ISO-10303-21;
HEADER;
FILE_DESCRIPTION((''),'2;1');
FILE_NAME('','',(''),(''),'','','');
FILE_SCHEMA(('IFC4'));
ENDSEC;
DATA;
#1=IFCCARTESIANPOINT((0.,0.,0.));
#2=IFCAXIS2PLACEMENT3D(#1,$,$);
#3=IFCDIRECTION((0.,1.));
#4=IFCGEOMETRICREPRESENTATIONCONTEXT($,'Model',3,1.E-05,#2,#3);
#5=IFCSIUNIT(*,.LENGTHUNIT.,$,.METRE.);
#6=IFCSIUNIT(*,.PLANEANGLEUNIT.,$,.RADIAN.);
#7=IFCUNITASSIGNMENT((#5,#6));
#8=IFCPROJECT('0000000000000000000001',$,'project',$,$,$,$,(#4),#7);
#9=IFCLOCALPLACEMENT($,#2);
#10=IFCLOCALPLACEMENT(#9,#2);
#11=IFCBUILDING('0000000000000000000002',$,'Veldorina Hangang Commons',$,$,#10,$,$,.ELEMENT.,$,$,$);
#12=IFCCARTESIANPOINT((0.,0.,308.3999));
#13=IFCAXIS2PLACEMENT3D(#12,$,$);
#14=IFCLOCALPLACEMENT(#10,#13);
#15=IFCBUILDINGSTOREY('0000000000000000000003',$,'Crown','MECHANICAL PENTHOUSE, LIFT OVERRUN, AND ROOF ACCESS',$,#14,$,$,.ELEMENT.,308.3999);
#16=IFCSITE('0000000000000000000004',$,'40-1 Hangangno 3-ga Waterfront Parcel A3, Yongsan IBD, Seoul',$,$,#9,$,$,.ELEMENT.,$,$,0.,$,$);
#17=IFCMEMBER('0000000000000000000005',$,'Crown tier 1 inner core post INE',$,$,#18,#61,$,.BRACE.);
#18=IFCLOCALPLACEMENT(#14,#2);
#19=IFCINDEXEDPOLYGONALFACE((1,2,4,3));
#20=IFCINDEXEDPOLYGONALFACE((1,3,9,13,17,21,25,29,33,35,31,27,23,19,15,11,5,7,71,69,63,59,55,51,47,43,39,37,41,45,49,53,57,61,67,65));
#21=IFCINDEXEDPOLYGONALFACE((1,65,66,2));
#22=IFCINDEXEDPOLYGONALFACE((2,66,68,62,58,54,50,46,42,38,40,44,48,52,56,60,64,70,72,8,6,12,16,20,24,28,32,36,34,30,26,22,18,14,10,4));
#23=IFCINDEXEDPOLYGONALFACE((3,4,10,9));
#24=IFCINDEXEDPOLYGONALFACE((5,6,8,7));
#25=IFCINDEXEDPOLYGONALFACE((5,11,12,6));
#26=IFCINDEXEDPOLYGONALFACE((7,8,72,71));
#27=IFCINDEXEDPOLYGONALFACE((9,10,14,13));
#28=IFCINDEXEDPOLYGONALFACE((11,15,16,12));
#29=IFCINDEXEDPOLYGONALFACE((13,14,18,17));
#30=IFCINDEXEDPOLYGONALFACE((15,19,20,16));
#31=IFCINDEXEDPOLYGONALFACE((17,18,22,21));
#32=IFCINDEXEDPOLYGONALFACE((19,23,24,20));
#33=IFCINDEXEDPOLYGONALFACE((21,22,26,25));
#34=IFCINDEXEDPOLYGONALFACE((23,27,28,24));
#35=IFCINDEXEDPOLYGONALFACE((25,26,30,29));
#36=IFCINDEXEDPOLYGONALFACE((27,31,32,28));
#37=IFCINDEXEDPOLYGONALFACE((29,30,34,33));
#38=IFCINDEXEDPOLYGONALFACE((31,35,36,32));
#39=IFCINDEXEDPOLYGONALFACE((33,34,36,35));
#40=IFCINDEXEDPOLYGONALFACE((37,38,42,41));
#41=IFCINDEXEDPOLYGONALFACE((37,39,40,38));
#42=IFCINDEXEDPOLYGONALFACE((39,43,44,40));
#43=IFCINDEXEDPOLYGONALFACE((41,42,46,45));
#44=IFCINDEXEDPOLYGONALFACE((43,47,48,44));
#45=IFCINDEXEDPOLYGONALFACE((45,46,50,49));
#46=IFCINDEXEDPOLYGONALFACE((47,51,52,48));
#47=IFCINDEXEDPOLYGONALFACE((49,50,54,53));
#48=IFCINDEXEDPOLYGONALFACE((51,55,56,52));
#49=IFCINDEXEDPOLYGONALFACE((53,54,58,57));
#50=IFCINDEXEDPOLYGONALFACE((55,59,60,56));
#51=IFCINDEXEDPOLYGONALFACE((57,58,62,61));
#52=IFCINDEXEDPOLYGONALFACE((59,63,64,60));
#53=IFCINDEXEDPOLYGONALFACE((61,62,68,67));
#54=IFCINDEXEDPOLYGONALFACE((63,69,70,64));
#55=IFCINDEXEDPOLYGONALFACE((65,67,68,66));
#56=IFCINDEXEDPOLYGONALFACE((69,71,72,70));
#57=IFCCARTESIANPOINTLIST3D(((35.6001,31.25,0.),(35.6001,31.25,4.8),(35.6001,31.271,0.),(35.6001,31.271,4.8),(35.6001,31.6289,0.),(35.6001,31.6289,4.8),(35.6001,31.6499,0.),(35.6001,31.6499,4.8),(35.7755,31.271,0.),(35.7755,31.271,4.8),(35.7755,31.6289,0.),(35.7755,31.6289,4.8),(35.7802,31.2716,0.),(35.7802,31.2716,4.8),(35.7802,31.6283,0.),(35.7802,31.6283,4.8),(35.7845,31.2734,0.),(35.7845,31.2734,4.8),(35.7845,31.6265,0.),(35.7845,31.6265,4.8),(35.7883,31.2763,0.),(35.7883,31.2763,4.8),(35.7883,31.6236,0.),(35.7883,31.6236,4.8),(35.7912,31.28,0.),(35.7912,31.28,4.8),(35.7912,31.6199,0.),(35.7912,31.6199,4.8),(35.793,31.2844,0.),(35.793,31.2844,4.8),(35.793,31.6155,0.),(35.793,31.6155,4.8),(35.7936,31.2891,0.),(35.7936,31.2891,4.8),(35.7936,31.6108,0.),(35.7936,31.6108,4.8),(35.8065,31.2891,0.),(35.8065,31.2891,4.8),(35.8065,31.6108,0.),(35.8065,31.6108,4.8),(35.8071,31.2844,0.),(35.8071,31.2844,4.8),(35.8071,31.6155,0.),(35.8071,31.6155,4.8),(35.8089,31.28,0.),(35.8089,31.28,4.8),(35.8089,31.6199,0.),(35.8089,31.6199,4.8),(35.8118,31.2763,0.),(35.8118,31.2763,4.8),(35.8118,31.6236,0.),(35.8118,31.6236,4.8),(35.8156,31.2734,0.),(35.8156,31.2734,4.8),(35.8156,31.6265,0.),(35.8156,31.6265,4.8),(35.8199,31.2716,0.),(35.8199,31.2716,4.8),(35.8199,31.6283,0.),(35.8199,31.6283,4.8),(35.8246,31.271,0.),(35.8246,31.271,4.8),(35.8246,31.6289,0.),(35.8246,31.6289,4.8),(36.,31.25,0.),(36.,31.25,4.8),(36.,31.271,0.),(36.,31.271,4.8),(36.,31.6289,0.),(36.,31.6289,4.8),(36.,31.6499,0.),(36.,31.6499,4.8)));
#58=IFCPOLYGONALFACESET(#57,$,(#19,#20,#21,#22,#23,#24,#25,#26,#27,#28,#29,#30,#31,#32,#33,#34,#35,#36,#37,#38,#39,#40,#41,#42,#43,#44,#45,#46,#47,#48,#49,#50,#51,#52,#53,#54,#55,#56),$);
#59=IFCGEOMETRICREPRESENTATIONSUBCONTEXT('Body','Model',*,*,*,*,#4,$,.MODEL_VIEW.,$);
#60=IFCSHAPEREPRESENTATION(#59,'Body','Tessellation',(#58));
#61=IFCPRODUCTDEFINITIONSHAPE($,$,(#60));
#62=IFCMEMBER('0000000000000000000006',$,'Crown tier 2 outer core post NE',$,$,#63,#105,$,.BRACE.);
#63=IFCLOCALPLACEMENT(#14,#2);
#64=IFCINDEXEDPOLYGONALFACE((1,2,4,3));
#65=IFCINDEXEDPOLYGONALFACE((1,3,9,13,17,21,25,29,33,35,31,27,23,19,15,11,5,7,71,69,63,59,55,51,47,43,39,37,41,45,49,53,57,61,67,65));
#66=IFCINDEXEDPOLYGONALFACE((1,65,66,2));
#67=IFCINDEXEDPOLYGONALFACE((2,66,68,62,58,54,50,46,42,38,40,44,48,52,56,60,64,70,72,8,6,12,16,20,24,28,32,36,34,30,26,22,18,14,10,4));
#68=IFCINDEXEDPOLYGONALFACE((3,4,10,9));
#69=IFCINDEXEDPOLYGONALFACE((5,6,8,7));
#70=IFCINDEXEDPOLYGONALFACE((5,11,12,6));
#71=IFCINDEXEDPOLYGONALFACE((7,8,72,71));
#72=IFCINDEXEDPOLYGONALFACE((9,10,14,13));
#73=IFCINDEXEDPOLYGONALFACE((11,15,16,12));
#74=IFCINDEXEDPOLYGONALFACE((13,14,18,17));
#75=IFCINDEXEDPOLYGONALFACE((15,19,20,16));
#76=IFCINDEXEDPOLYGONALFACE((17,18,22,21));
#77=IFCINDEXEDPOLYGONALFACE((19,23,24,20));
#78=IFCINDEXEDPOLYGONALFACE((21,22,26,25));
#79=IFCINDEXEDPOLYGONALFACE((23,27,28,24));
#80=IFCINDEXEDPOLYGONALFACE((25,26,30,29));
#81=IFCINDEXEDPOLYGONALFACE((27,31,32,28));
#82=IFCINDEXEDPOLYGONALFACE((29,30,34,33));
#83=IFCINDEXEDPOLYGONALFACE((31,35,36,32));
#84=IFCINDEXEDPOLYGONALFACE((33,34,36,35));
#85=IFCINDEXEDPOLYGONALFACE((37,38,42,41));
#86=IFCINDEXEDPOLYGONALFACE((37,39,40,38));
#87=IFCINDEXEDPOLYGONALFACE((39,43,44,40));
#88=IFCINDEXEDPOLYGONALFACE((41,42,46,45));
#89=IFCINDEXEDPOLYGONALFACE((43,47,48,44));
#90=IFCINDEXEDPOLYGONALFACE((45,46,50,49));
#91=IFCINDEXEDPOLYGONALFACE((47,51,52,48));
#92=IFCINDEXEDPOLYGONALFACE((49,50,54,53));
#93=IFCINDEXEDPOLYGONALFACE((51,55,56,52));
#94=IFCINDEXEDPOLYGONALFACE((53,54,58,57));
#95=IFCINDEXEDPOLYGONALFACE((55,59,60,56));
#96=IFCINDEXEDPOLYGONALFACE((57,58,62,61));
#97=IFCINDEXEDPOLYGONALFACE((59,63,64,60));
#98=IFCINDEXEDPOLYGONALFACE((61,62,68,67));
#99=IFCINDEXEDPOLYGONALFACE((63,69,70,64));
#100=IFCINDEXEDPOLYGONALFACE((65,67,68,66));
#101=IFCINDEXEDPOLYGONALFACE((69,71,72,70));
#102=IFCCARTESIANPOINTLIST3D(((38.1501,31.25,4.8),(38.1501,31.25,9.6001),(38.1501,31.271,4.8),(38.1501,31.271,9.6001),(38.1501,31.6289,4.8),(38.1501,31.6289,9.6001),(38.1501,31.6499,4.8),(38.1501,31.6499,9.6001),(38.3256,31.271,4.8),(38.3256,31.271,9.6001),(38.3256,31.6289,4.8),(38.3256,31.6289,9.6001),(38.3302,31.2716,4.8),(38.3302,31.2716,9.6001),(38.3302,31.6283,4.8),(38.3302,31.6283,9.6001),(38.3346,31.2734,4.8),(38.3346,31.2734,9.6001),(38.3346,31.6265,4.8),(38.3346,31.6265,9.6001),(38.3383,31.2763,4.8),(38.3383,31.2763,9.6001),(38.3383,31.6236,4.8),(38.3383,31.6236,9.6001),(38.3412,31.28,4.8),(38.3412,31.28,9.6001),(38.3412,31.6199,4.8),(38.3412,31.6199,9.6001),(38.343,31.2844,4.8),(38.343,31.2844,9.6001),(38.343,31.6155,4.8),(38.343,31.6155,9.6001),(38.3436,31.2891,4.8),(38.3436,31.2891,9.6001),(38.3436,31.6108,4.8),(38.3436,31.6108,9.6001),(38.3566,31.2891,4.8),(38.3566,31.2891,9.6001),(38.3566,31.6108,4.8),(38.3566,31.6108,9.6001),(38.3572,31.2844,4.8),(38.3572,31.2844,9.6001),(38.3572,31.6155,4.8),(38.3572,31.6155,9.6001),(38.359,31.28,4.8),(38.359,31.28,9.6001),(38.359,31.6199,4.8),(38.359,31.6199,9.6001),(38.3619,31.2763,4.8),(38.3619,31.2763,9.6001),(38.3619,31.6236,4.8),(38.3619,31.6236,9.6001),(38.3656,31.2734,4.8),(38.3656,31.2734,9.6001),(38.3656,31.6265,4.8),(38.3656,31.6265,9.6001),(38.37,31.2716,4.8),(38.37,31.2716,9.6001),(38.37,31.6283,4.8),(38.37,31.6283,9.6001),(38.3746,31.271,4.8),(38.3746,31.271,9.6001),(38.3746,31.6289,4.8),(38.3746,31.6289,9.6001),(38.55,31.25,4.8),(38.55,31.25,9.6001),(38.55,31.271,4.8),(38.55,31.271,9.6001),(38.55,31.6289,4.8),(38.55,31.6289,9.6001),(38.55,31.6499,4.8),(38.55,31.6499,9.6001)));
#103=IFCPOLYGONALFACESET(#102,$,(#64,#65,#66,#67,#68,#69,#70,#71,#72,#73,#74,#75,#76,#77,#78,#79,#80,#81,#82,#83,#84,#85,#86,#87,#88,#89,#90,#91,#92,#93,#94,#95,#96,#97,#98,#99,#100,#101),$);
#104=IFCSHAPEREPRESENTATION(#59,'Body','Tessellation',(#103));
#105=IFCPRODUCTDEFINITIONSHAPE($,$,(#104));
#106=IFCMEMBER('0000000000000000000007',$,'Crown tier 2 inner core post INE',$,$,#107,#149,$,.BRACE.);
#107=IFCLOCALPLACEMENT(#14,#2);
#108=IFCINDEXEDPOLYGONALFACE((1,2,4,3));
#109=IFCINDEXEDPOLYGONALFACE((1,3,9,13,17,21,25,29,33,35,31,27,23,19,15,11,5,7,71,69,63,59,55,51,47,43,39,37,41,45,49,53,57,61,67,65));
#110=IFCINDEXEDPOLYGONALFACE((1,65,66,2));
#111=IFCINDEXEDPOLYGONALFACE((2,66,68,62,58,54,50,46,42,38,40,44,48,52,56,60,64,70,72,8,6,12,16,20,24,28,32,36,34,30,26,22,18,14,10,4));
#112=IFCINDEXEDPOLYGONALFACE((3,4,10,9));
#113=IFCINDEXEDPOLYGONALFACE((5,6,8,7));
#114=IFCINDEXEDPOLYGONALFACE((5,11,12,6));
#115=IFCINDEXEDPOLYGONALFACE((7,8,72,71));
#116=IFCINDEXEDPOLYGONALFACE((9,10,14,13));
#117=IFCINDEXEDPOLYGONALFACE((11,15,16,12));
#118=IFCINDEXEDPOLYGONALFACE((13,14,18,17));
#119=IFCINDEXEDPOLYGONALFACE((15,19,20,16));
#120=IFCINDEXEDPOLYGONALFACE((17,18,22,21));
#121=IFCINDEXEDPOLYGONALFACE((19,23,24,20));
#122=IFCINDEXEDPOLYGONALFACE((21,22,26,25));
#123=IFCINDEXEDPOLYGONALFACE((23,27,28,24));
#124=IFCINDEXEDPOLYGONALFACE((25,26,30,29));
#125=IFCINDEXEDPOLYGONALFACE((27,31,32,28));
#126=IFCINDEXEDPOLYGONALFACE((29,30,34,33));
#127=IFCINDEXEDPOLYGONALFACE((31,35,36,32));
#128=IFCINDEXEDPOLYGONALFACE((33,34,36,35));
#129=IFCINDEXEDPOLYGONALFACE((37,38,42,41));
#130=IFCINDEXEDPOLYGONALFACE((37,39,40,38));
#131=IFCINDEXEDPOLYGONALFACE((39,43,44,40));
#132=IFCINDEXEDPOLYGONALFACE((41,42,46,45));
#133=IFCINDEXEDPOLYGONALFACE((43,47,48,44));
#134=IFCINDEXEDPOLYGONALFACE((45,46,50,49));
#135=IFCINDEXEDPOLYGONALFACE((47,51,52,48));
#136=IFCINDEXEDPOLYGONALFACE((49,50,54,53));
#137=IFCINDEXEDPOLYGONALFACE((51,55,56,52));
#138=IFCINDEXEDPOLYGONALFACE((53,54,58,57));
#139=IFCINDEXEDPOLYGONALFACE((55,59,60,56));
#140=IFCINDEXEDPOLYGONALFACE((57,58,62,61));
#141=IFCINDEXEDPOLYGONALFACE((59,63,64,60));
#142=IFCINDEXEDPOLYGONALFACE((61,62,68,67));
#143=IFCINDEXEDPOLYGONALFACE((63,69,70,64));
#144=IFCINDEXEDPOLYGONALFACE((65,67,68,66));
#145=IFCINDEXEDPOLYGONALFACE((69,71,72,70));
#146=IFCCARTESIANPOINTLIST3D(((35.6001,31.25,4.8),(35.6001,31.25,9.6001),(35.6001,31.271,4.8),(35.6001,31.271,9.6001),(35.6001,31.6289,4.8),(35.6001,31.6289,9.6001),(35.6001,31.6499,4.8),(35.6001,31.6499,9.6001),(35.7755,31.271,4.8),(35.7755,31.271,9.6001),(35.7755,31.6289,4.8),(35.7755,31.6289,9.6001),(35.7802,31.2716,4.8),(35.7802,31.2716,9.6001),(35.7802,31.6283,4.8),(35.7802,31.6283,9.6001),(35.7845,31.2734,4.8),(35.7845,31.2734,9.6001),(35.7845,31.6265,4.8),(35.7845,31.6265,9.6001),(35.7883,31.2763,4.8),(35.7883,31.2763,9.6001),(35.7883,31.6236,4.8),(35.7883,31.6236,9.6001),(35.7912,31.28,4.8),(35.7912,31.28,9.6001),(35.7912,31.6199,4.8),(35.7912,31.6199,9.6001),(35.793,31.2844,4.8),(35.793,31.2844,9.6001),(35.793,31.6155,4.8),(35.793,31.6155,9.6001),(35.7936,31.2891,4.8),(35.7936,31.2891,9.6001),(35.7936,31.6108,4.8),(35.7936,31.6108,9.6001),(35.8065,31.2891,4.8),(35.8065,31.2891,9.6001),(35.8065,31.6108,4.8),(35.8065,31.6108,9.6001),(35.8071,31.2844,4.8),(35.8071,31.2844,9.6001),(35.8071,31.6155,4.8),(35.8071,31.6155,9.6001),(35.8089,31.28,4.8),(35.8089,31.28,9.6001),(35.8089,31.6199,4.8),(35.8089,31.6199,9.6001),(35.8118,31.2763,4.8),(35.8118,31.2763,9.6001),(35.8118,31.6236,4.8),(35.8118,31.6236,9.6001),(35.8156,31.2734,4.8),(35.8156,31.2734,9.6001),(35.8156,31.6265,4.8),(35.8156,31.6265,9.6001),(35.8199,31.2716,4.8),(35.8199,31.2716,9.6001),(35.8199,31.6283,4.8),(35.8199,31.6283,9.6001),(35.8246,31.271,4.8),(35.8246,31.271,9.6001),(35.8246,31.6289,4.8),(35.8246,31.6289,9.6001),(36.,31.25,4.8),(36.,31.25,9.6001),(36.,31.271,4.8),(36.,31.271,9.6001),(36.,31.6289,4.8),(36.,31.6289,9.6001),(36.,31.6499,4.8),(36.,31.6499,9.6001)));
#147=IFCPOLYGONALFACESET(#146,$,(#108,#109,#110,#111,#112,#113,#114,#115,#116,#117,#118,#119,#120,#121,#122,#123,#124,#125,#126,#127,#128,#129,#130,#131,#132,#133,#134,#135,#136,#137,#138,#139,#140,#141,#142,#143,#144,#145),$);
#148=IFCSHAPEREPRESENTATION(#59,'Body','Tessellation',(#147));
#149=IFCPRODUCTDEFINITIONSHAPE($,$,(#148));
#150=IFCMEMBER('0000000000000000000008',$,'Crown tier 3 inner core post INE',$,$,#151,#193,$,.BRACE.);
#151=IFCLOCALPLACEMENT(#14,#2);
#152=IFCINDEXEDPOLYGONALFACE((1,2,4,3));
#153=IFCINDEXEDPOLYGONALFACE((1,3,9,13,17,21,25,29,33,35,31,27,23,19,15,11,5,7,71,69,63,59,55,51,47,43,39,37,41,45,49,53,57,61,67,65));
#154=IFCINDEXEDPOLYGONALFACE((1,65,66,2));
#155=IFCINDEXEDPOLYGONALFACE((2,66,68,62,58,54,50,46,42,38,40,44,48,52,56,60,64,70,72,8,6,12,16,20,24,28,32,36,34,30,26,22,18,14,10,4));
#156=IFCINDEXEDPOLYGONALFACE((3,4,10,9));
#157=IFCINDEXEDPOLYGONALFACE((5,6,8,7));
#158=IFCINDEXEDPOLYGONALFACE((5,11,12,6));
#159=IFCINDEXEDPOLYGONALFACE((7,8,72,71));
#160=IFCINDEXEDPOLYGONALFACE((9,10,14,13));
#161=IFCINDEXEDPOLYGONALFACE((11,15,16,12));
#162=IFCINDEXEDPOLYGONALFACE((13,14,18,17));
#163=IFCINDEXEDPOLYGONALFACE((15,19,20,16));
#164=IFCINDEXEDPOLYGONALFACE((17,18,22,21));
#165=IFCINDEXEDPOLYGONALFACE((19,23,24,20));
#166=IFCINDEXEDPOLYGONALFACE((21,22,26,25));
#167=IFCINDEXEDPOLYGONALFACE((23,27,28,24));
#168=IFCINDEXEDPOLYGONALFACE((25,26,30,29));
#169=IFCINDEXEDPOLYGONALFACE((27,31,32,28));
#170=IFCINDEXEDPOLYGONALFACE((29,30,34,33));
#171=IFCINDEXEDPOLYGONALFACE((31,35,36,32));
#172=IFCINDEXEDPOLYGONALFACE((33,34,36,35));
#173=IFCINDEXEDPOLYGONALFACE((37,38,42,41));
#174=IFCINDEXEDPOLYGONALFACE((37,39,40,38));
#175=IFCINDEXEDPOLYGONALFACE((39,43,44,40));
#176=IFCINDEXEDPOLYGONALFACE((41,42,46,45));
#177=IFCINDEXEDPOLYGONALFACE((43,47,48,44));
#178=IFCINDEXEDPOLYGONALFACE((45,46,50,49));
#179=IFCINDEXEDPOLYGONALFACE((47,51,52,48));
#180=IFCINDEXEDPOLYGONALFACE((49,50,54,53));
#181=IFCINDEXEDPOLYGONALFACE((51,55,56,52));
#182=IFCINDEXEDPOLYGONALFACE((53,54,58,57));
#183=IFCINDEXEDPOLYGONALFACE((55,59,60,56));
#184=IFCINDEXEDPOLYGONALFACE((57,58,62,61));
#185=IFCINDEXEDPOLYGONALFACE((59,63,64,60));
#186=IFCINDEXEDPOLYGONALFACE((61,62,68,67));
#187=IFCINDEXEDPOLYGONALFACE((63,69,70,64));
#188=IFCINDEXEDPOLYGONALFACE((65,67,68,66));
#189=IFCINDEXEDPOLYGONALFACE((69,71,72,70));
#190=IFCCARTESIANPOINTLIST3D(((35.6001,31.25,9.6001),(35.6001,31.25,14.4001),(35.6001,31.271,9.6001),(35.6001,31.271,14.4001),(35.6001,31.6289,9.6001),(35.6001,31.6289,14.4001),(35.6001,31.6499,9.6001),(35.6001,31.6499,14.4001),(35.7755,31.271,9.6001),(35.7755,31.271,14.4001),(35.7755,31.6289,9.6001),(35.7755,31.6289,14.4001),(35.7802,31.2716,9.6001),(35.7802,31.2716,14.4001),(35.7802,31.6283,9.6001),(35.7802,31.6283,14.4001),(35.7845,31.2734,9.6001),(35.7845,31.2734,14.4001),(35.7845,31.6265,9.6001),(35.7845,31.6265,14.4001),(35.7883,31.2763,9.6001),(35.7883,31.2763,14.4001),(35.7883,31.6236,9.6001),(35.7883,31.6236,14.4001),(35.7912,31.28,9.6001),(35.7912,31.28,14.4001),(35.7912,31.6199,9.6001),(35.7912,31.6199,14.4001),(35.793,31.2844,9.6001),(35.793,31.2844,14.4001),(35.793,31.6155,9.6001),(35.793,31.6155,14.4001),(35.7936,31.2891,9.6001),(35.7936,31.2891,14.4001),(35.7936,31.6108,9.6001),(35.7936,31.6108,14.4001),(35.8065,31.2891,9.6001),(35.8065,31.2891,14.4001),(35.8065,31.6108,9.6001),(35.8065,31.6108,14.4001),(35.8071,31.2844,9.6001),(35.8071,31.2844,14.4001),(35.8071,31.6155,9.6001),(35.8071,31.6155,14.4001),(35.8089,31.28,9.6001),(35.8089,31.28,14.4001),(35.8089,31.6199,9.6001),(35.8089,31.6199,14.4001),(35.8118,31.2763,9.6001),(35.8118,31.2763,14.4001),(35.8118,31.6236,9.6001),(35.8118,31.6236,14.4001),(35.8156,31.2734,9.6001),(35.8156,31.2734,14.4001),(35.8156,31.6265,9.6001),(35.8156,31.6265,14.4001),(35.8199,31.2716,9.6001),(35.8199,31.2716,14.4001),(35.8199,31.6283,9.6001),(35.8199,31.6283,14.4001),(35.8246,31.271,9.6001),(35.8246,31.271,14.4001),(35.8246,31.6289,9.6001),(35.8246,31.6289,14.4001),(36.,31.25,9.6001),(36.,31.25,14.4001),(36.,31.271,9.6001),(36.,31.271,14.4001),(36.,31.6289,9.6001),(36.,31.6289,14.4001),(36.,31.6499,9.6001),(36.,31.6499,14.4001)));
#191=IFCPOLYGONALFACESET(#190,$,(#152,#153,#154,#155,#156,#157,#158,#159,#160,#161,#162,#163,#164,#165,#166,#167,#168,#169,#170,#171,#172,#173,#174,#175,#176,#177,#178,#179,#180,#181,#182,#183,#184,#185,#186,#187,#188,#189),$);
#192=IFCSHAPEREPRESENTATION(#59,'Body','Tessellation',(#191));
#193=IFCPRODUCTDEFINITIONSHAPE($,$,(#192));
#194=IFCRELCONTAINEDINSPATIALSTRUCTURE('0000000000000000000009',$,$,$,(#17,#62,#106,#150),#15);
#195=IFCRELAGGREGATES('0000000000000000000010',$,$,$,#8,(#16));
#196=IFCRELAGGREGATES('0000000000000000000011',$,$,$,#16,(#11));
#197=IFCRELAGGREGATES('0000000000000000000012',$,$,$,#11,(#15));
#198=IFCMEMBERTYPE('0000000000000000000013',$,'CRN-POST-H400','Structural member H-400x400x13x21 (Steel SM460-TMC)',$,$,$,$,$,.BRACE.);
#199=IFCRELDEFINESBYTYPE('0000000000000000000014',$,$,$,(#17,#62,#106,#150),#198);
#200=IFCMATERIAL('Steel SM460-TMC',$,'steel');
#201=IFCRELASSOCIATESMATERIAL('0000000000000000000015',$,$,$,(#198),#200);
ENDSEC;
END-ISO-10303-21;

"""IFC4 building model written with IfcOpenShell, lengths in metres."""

from ifc_helpers import new_model, si_unit, direction, frame, origin, origin_2d, place, context, subcontext, project, spatial, i_section, extrude, material, material_profile, profile_set, type_object, element, save


model = new_model("IFC4")

# Units and contexts
model_context = context("Model", 3, precision=1e-05, world=origin(), true_north=direction((0.0, 1.0)))
body_context = subcontext(model_context, "Body", "Model", "MODEL_VIEW")
ifc_project = project(units=[si_unit("LENGTHUNIT", "METRE"), si_unit("PLANEANGLEUNIT", "RADIAN")], contexts=[model_context])

# Site, building, storey
site_placement = place(None, origin())
site = spatial("IfcSite", under=ifc_project, at=site_placement, Name="40-1 Hangangno 3-ga Waterfront Parcel A3, Yongsan IBD, Seoul", CompositionType="ELEMENT", RefElevation=0.0)
building_placement = place(site_placement, origin())
building = spatial("IfcBuilding", under=site, at=building_placement, Name="Veldorina Hangang Commons", CompositionType="ELEMENT")
storey_placement = place(building_placement, frame((0.0, 0.0, 308.3999)))
storey = spatial("IfcBuildingStorey", under=building, at=storey_placement, Name="Crown", Description="MECHANICAL PENTHOUSE, LIFT OVERRUN, AND ROOF ACCESS", CompositionType="ELEMENT", Elevation=308.3999)

# Shared definitions
ifc_material_1 = material(Name="Steel SM460-TMC", Category="steel")

# Members
ifc_material_profile_1 = material_profile(ifc_material_1, i_section(OverallWidth=0.3999, OverallDepth=0.3999, WebThickness=0.0129, FlangeThickness=0.021, FilletRadius=0.0181, at=origin_2d()), Name="H-400x400x13x21")
ifc_profile_set_1 = profile_set([ifc_material_profile_1], Name="Steel SM460-TMC")
member_type_1 = type_object("IfcMemberType", Name="CRN-POST-H400", Description="Structural member H-400x400x13x21 (Steel SM460-TMC)", PredefinedType="BRACE", material=ifc_profile_set_1)
for number, where, z_axis, x_axis, name in (
    (1, (35.8, 31.45, 0.0), (0.0, 0.0, 1.0), (1.0, 0.0, 0.0), "Crown tier 1 inner core post INE"),
    (2, (38.3501, 31.45, 4.8), (0.0, 0.0, 1.0), (1.0, 0.0, 0.0), "Crown tier 2 outer core post NE"),
    (3, (35.8, 31.45, 4.8), (0.0, 0.0, 1.0), (1.0, 0.0, 0.0), "Crown tier 2 inner core post INE"),
    (4, (35.8, 31.45, 9.6001), (0.0, 0.0, 1.0), (1.0, 0.0, 0.0), "Crown tier 3 inner core post INE"),
):
    element("IfcMember", number, at=place(storey_placement, frame(where, z_axis=z_axis, x_axis=x_axis)), inside=storey, type_object=member_type_1, Name=name, PredefinedType="BRACE", context=body_context, shape_type="SweptSolid", body=[
        extrude(i_section(OverallWidth=0.3999, OverallDepth=0.3999, WebThickness=0.0129, FlangeThickness=0.021, FilletRadius=0.0181, at=origin_2d()), origin(), (0.0, 0.0, 1.0), 4.8),
    ])

save(model, "model.ifc")
